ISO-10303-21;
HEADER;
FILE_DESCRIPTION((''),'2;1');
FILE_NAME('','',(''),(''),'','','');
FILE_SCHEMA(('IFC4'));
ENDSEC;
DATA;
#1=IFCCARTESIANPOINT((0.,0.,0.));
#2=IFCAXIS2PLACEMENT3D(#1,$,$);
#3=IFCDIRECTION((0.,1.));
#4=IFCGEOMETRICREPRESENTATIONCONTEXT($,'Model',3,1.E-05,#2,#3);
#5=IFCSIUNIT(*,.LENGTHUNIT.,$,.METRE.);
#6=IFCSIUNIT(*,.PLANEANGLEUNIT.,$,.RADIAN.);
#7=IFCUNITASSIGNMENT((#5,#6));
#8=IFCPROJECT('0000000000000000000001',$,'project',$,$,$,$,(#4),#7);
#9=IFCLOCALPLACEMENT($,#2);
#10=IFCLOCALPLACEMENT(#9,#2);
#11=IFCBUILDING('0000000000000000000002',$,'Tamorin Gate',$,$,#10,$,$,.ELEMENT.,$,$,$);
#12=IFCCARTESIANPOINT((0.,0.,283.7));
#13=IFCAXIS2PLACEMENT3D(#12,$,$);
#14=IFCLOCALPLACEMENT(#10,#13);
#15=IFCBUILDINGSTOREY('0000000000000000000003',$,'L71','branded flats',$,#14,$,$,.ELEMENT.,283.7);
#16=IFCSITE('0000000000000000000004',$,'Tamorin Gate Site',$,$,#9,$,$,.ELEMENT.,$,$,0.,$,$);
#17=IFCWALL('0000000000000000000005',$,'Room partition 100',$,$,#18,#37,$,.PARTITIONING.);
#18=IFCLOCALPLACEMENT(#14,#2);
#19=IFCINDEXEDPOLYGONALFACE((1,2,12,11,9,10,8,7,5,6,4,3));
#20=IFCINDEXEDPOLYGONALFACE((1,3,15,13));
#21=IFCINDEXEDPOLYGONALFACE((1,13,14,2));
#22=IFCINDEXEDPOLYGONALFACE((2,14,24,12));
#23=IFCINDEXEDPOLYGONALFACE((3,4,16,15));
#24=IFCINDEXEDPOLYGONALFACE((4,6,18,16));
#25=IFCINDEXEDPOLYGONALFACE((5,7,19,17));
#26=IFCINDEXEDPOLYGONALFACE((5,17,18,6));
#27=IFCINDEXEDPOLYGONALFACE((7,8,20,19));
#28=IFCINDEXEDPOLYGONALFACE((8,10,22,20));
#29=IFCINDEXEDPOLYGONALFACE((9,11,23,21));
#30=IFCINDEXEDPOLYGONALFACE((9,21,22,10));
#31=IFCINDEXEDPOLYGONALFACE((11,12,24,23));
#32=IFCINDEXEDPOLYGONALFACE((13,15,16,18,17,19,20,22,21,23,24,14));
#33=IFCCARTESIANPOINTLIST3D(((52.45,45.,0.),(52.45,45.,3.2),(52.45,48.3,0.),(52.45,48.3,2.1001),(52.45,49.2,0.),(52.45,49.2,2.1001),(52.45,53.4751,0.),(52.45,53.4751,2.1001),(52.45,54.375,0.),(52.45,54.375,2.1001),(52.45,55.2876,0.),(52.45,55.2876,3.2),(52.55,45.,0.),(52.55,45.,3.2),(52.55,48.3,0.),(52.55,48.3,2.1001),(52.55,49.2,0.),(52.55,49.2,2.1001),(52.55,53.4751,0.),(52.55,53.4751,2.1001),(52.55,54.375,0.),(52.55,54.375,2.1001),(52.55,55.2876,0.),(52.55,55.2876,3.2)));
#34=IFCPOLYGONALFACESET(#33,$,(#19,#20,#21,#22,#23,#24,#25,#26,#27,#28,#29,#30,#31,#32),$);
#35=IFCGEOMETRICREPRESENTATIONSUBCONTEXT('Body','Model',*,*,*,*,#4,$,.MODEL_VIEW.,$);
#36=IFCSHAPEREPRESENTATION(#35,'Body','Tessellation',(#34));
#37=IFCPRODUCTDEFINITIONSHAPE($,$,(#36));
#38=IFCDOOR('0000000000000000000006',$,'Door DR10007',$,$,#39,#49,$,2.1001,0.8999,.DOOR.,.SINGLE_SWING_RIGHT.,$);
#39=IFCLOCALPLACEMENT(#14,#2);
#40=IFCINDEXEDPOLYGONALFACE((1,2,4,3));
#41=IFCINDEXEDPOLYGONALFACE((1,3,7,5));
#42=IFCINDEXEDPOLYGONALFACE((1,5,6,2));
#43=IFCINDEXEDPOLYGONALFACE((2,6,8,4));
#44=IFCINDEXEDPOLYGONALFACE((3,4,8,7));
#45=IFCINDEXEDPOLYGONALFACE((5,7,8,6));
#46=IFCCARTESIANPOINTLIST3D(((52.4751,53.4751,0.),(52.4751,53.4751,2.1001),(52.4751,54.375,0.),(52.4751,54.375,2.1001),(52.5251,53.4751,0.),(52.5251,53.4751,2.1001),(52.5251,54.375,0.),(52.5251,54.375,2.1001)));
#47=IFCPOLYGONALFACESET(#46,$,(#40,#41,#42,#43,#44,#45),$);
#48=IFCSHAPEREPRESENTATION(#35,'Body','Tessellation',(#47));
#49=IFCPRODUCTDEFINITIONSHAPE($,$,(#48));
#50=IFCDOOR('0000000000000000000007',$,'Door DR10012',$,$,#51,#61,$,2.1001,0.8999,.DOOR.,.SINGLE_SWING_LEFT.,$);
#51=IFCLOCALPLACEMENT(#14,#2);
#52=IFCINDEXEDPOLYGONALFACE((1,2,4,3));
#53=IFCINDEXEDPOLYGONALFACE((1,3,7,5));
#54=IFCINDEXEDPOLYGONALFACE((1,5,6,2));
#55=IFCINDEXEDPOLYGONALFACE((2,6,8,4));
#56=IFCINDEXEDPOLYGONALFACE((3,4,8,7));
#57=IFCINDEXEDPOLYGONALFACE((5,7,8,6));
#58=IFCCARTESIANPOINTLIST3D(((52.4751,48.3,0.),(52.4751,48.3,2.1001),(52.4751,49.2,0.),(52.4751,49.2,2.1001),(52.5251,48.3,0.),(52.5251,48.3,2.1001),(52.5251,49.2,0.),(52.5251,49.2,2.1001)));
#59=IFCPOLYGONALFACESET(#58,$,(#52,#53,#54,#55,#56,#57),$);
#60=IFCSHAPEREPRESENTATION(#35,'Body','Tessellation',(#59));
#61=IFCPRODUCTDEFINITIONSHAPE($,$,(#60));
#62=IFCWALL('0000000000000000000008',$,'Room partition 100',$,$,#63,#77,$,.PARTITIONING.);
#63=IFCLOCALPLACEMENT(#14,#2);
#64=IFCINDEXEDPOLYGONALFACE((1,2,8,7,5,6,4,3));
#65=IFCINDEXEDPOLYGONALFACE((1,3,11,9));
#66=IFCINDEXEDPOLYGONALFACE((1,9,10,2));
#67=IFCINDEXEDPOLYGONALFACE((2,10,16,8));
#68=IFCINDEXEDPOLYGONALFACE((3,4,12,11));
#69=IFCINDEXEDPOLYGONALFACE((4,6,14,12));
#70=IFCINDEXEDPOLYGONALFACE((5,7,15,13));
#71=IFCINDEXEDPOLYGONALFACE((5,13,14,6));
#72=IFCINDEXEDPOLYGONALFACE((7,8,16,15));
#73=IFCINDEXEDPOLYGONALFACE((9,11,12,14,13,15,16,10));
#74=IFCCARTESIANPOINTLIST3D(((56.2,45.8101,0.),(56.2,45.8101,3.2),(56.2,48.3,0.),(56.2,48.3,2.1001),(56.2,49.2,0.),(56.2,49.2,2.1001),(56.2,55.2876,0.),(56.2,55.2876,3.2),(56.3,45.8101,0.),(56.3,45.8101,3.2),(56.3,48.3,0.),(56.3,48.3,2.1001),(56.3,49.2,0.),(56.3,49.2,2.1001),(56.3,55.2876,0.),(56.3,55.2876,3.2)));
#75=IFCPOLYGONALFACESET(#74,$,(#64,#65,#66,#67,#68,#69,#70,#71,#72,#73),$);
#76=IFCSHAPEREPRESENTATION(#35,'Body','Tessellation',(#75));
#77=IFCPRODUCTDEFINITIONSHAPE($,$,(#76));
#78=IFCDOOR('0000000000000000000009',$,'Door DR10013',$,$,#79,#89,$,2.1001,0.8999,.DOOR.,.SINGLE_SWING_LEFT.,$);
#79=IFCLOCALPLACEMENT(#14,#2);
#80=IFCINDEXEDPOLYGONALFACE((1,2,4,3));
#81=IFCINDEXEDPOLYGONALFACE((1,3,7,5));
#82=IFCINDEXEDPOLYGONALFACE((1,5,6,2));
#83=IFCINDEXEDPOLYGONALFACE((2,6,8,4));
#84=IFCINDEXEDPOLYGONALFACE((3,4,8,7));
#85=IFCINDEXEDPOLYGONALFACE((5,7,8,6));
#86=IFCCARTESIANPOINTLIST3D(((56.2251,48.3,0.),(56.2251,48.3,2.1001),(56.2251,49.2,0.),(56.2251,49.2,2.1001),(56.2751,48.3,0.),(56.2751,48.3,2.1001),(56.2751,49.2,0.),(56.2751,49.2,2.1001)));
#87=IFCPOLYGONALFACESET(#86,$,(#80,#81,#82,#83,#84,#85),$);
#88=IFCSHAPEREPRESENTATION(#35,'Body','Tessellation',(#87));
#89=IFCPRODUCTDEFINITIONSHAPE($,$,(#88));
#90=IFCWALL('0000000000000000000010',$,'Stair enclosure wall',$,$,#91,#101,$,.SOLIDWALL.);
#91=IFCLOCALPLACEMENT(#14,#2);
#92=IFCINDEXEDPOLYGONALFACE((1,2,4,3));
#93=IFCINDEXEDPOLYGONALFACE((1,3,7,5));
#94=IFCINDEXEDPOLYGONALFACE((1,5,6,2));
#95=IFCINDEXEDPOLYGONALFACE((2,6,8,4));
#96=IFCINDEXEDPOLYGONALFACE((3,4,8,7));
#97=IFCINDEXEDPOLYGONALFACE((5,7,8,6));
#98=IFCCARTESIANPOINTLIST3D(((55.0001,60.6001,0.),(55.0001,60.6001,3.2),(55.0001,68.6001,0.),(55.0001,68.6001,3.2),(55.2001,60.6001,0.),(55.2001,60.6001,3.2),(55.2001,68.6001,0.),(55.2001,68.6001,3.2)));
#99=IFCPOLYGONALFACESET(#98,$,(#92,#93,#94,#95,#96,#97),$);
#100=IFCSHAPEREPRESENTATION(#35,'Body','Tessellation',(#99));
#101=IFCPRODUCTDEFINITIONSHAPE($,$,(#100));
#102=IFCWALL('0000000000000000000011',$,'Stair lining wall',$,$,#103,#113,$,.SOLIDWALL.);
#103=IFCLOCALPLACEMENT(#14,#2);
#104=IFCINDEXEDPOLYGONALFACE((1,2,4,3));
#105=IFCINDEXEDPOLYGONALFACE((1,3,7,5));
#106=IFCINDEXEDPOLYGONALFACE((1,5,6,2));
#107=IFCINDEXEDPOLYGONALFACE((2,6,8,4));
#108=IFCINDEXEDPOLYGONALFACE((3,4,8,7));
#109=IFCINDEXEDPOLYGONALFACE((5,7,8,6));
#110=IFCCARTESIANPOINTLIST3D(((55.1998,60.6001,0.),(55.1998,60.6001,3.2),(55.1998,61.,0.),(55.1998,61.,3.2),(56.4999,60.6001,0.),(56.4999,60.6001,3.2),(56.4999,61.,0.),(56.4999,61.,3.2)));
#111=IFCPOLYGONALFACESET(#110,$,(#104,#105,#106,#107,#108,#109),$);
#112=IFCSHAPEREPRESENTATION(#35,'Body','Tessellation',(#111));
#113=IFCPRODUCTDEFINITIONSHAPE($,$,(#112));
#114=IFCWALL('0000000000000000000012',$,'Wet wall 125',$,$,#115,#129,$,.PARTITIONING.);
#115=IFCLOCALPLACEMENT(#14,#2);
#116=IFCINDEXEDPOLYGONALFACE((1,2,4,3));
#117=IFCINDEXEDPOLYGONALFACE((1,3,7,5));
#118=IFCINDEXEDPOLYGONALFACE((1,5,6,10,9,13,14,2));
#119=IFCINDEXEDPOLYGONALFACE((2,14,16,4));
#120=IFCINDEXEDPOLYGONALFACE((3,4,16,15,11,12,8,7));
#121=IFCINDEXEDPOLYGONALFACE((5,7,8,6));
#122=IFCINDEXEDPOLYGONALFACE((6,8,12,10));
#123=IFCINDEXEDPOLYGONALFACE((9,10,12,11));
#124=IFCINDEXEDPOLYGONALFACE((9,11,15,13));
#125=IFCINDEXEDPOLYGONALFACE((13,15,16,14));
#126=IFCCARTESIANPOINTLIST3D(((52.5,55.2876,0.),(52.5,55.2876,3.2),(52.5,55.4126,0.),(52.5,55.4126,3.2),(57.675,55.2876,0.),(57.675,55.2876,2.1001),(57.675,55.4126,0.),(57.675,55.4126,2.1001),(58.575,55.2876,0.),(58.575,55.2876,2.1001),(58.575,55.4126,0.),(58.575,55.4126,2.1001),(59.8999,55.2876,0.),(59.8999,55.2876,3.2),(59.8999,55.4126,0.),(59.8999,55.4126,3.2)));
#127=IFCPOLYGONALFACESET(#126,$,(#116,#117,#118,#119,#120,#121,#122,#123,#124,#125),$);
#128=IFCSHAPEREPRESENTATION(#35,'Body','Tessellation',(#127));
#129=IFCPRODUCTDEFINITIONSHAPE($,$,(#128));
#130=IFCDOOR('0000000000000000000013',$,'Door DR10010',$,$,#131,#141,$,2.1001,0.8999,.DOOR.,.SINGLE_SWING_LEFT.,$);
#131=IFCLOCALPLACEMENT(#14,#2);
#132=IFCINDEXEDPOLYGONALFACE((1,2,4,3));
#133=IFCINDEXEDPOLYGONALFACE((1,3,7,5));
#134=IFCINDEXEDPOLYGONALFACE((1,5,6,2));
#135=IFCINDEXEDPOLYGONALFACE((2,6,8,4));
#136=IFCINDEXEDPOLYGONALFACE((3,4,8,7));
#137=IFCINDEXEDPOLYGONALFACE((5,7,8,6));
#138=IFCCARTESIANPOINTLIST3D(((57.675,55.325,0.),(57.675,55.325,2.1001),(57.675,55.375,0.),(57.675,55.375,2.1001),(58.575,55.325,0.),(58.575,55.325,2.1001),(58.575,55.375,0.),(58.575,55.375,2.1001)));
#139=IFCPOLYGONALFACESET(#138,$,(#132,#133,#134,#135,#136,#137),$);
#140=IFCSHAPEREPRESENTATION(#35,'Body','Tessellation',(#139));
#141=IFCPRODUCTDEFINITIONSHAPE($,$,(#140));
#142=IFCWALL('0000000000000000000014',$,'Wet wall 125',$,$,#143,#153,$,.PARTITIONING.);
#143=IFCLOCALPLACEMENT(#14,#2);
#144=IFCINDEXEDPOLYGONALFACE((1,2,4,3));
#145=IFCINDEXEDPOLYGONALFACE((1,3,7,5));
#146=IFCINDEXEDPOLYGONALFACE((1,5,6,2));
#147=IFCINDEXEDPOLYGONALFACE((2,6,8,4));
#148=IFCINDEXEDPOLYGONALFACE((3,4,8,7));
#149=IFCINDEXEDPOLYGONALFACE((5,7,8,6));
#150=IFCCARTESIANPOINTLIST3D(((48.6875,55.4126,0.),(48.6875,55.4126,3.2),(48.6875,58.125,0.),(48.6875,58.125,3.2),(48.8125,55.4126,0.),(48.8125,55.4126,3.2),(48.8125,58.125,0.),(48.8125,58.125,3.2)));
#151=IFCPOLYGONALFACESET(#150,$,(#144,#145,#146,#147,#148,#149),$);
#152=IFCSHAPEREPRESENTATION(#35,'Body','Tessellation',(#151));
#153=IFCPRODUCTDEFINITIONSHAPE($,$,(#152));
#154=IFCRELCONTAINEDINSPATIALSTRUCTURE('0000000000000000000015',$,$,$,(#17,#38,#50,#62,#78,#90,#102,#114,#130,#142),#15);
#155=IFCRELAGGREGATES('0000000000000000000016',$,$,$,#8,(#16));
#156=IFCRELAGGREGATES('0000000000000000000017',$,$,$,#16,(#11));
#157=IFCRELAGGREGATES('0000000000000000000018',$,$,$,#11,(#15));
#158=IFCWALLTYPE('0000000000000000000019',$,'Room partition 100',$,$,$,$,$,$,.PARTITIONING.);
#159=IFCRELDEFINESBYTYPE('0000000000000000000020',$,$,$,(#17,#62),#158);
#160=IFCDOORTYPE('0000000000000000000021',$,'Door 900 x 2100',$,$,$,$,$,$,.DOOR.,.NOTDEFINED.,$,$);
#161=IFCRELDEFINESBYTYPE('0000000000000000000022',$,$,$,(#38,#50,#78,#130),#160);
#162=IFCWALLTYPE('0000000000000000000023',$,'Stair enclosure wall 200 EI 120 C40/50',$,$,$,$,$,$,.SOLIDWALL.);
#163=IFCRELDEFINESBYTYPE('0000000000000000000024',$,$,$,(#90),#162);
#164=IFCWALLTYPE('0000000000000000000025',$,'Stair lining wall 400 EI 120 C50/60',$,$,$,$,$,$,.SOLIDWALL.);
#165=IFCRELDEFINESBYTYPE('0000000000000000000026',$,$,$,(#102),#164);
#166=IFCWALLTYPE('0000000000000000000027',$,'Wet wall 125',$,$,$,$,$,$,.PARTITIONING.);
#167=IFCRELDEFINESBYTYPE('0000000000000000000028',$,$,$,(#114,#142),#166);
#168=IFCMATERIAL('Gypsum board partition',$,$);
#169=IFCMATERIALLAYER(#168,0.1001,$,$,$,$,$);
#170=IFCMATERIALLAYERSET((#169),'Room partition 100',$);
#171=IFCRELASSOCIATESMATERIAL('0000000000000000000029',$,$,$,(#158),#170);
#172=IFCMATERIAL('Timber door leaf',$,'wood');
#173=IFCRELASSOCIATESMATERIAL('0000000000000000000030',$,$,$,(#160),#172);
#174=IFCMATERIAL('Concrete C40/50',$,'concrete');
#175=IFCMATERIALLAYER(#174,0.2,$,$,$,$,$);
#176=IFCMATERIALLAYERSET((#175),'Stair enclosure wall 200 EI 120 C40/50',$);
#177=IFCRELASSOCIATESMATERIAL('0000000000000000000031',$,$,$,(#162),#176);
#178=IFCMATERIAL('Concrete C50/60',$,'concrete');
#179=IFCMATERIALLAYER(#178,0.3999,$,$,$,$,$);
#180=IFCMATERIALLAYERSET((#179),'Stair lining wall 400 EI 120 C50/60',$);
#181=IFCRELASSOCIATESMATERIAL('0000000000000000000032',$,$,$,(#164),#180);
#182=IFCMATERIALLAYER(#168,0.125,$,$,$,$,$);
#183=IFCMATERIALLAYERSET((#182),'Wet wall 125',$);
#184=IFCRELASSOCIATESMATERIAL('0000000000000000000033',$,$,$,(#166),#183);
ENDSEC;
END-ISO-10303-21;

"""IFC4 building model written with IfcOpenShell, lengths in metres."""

from ifc_helpers import new_model, si_unit, direction, frame, frame_2d, origin, place, context, subcontext, project, spatial, rectangle, extrude, material, layer, layer_set, type_object, element, fill, save


model = new_model("IFC4")

# Units and contexts
model_context = context("Model", 3, precision=1e-05, world=origin(), true_north=direction((0.0, 1.0)))
body_context = subcontext(model_context, "Body", "Model", "MODEL_VIEW")
ifc_project = project(units=[si_unit("LENGTHUNIT", "METRE"), si_unit("PLANEANGLEUNIT", "RADIAN")], contexts=[model_context])

# Site, building, storey
site_placement = place(None, origin())
site = spatial("IfcSite", under=ifc_project, at=site_placement, Name="Tamorin Gate Site", CompositionType="ELEMENT", RefElevation=0.0)
building_placement = place(site_placement, origin())
building = spatial("IfcBuilding", under=site, at=building_placement, Name="Tamorin Gate", CompositionType="ELEMENT")
storey_placement = place(building_placement, frame((0.0, 0.0, 283.7)))
storey = spatial("IfcBuildingStorey", under=building, at=storey_placement, Name="L71", Description="branded flats", CompositionType="ELEMENT", Elevation=283.7)

# Shared definitions
ifc_material_1 = material(Name="Concrete C50/60", Category="concrete")

# Shared definitions
ifc_material_2 = material(Name="Gypsum board partition")
ifc_layer_1 = layer(ifc_material_2, 0.1001)
ifc_layer_set_1 = layer_set([ifc_layer_1], Name="Room partition 100")
wall_type_1 = type_object("IfcWallType", Name="Room partition 100", PredefinedType="PARTITIONING", material=ifc_layer_set_1)
ifc_material_3 = material(Name="Timber door leaf", Category="wood")
door_type = type_object("IfcDoorType", Name="Door 900 x 2100", OperationType="NOTDEFINED", PredefinedType="DOOR", material=ifc_material_3)

# Wall, openings, doors
wall_1_placement = place(storey_placement, frame((52.5, 45.0, 0.0), z_axis=(0.0, 0.0, 1.0), x_axis=(0.0, 1.0, 0.0)))
wall_1 = element("IfcWall", 1, at=wall_1_placement, inside=storey, type_object=wall_type_1, Name="Room partition 100", PredefinedType="PARTITIONING", context=body_context, shape_type="SweptSolid", body=[
    extrude(rectangle(XDim=10.2876, YDim=0.1001, at=frame_2d((5.1438, 0.0))), origin(), (0.0, 0.0, 1.0), 3.2),
])
opening_1_placement = place(wall_1_placement, frame((8.4751, 0.0, 0.0)))
opening_1 = element("IfcOpeningElement", 2, at=opening_1_placement, cuts=wall_1, PredefinedType="OPENING", context=body_context, shape_type="SweptSolid", body=[
    extrude(rectangle(XDim=0.8999, YDim=2.1001, at=frame_2d((0.45, 1.05))), frame((0.0, 0.0601, 0.0), z_axis=(0.0, -1.0, 0.0), x_axis=(1.0, 0.0, 0.0)), (0.0, 0.0, 1.0), 0.1201),
])
opening_2_placement = place(wall_1_placement, frame((3.3, 0.0, 0.0)))
opening_2 = element("IfcOpeningElement", 3, at=opening_2_placement, cuts=wall_1, PredefinedType="OPENING", context=body_context, shape_type="SweptSolid", body=[
    extrude(rectangle(XDim=0.8999, YDim=2.1001, at=frame_2d((0.45, 1.05))), frame((0.0, 0.0601, 0.0), z_axis=(0.0, -1.0, 0.0), x_axis=(1.0, 0.0, 0.0)), (0.0, 0.0, 1.0), 0.1201),
])
door_1_placement = place(opening_1_placement, origin())
door_1 = element("IfcDoor", 4, at=door_1_placement, inside=storey, type_object=door_type, Name="Door DR10007", OperationType="SINGLE_SWING_RIGHT", OverallHeight=2.1001, OverallWidth=0.8999, PredefinedType="DOOR", context=body_context, shape_type="SweptSolid", body=[
    extrude(rectangle(XDim=0.8999, YDim=2.1001, at=frame_2d((0.45, 1.05))), frame((0.0, 0.0249, 0.0), z_axis=(0.0, -1.0, 0.0), x_axis=(1.0, 0.0, 0.0)), (0.0, 0.0, 1.0), 0.05),
])
fill(opening_1, door_1)
door_2_placement = place(opening_2_placement, origin())
door_2 = element("IfcDoor", 5, at=door_2_placement, inside=storey, type_object=door_type, Name="Door DR10012", OperationType="SINGLE_SWING_LEFT", OverallHeight=2.1001, OverallWidth=0.8999, PredefinedType="DOOR", context=body_context, shape_type="SweptSolid", body=[
    extrude(rectangle(XDim=0.8999, YDim=2.1001, at=frame_2d((0.45, 1.05))), frame((0.0, 0.0249, 0.0), z_axis=(0.0, -1.0, 0.0), x_axis=(1.0, 0.0, 0.0)), (0.0, 0.0, 1.0), 0.05),
])
fill(opening_2, door_2)

# Wall, opening, door
wall_2_placement = place(storey_placement, frame((56.25, 45.8101, 0.0), z_axis=(0.0, 0.0, 1.0), x_axis=(0.0, 1.0, 0.0)))
wall_2 = element("IfcWall", 6, at=wall_2_placement, inside=storey, type_object=wall_type_1, Name="Room partition 100", PredefinedType="PARTITIONING", context=body_context, shape_type="SweptSolid", body=[
    extrude(rectangle(XDim=9.4775, YDim=0.1001, at=frame_2d((4.7388, 0.0))), origin(), (0.0, 0.0, 1.0), 3.2),
])
opening_3_placement = place(wall_2_placement, frame((2.49, 0.0, 0.0)))
opening_3 = element("IfcOpeningElement", 7, at=opening_3_placement, cuts=wall_2, PredefinedType="OPENING", context=body_context, shape_type="SweptSolid", body=[
    extrude(rectangle(XDim=0.8999, YDim=2.1001, at=frame_2d((0.45, 1.05))), frame((0.0, 0.0601, 0.0), z_axis=(0.0, -1.0, 0.0), x_axis=(1.0, 0.0, 0.0)), (0.0, 0.0, 1.0), 0.1201),
])
door_3_placement = place(opening_3_placement, origin())
door_3 = element("IfcDoor", 8, at=door_3_placement, inside=storey, type_object=door_type, Name="Door DR10013", OperationType="SINGLE_SWING_LEFT", OverallHeight=2.1001, OverallWidth=0.8999, PredefinedType="DOOR", context=body_context, shape_type="SweptSolid", body=[
    extrude(rectangle(XDim=0.8999, YDim=2.1001, at=frame_2d((0.45, 1.05))), frame((0.0, 0.0249, 0.0), z_axis=(0.0, -1.0, 0.0), x_axis=(1.0, 0.0, 0.0)), (0.0, 0.0, 1.0), 0.05),
])
fill(opening_3, door_3)

# Walls
ifc_material_4 = material(Name="Concrete C40/50", Category="concrete")
ifc_layer_2 = layer(ifc_material_4, 0.2)
ifc_layer_set_2 = layer_set([ifc_layer_2], Name="Stair enclosure wall 200 EI 120 C40/50")
wall_type_2 = type_object("IfcWallType", Name="Stair enclosure wall 200 EI 120 C40/50", PredefinedType="SOLIDWALL", material=ifc_layer_set_2)
wall_3_placement = place(storey_placement, frame((55.1001, 60.6001, 0.0), z_axis=(0.0, 0.0, 1.0), x_axis=(0.0, 1.0, 0.0)))
element("IfcWall", 9, at=wall_3_placement, inside=storey, type_object=wall_type_2, Name="Stair enclosure wall", PredefinedType="SOLIDWALL", context=body_context, shape_type="SweptSolid", body=[
    extrude(rectangle(XDim=8.0, YDim=0.2, at=frame_2d((4.0, 0.0))), origin(), (0.0, 0.0, 1.0), 3.2),
])
ifc_layer_3 = layer(ifc_material_1, 0.3999)
ifc_layer_set_3 = layer_set([ifc_layer_3], Name="Stair lining wall 400 EI 120 C50/60")
wall_type_3 = type_object("IfcWallType", Name="Stair lining wall 400 EI 120 C50/60", PredefinedType="SOLIDWALL", material=ifc_layer_set_3)
wall_4_placement = place(storey_placement, frame((55.2, 60.8, 0.0), z_axis=(0.0, 0.0, 1.0), x_axis=(1.0, 0.0, 0.0)))
element("IfcWall", 10, at=wall_4_placement, inside=storey, type_object=wall_type_3, Name="Stair lining wall", PredefinedType="SOLIDWALL", context=body_context, shape_type="SweptSolid", body=[
    extrude(rectangle(XDim=1.3, YDim=0.3999, at=frame_2d((0.6499, 0.0))), origin(), (0.0, 0.0, 1.0), 3.2),
])

# Wall, opening, door
ifc_layer_4 = layer(ifc_material_2, 0.125)
ifc_layer_set_4 = layer_set([ifc_layer_4], Name="Wet wall 125")
wall_type_4 = type_object("IfcWallType", Name="Wet wall 125", PredefinedType="PARTITIONING", material=ifc_layer_set_4)
wall_5_placement = place(storey_placement, frame((52.5, 55.3501, 0.0), z_axis=(0.0, 0.0, 1.0), x_axis=(1.0, 0.0, 0.0)))
wall_5 = element("IfcWall", 11, at=wall_5_placement, inside=storey, type_object=wall_type_4, Name="Wet wall 125", PredefinedType="PARTITIONING", context=body_context, shape_type="SweptSolid", body=[
    extrude(rectangle(XDim=7.3999, YDim=0.125, at=frame_2d((3.7, 0.0))), origin(), (0.0, 0.0, 1.0), 3.2),
])
opening_4_placement = place(wall_5_placement, frame((5.175, 0.0, 0.0)))
opening_4 = element("IfcOpeningElement", 12, at=opening_4_placement, cuts=wall_5, PredefinedType="OPENING", context=body_context, shape_type="SweptSolid", body=[
    extrude(rectangle(XDim=0.8999, YDim=2.1001, at=frame_2d((0.45, 1.05))), frame((0.0, 0.0725, 0.0), z_axis=(0.0, -1.0, 0.0), x_axis=(1.0, 0.0, 0.0)), (0.0, 0.0, 1.0), 0.145),
])
door_4_placement = place(opening_4_placement, origin())
door_4 = element("IfcDoor", 13, at=door_4_placement, inside=storey, type_object=door_type, Name="Door DR10010", OperationType="SINGLE_SWING_LEFT", OverallHeight=2.1001, OverallWidth=0.8999, PredefinedType="DOOR", context=body_context, shape_type="SweptSolid", body=[
    extrude(rectangle(XDim=0.8999, YDim=2.1001, at=frame_2d((0.45, 1.05))), frame((0.0, 0.0249, 0.0), z_axis=(0.0, -1.0, 0.0), x_axis=(1.0, 0.0, 0.0)), (0.0, 0.0, 1.0), 0.05),
])
fill(opening_4, door_4)

# Wall
wall_6_placement = place(storey_placement, frame((48.75, 55.4126, 0.0), z_axis=(0.0, 0.0, 1.0), x_axis=(0.0, 1.0, 0.0)))
element("IfcWall", 14, at=wall_6_placement, inside=storey, type_object=wall_type_4, Name="Wet wall 125", PredefinedType="PARTITIONING", context=body_context, shape_type="SweptSolid", body=[
    extrude(rectangle(XDim=2.7124, YDim=0.125, at=frame_2d((1.3562, 0.0))), origin(), (0.0, 0.0, 1.0), 3.2),
])

save(model, "model.ifc")
